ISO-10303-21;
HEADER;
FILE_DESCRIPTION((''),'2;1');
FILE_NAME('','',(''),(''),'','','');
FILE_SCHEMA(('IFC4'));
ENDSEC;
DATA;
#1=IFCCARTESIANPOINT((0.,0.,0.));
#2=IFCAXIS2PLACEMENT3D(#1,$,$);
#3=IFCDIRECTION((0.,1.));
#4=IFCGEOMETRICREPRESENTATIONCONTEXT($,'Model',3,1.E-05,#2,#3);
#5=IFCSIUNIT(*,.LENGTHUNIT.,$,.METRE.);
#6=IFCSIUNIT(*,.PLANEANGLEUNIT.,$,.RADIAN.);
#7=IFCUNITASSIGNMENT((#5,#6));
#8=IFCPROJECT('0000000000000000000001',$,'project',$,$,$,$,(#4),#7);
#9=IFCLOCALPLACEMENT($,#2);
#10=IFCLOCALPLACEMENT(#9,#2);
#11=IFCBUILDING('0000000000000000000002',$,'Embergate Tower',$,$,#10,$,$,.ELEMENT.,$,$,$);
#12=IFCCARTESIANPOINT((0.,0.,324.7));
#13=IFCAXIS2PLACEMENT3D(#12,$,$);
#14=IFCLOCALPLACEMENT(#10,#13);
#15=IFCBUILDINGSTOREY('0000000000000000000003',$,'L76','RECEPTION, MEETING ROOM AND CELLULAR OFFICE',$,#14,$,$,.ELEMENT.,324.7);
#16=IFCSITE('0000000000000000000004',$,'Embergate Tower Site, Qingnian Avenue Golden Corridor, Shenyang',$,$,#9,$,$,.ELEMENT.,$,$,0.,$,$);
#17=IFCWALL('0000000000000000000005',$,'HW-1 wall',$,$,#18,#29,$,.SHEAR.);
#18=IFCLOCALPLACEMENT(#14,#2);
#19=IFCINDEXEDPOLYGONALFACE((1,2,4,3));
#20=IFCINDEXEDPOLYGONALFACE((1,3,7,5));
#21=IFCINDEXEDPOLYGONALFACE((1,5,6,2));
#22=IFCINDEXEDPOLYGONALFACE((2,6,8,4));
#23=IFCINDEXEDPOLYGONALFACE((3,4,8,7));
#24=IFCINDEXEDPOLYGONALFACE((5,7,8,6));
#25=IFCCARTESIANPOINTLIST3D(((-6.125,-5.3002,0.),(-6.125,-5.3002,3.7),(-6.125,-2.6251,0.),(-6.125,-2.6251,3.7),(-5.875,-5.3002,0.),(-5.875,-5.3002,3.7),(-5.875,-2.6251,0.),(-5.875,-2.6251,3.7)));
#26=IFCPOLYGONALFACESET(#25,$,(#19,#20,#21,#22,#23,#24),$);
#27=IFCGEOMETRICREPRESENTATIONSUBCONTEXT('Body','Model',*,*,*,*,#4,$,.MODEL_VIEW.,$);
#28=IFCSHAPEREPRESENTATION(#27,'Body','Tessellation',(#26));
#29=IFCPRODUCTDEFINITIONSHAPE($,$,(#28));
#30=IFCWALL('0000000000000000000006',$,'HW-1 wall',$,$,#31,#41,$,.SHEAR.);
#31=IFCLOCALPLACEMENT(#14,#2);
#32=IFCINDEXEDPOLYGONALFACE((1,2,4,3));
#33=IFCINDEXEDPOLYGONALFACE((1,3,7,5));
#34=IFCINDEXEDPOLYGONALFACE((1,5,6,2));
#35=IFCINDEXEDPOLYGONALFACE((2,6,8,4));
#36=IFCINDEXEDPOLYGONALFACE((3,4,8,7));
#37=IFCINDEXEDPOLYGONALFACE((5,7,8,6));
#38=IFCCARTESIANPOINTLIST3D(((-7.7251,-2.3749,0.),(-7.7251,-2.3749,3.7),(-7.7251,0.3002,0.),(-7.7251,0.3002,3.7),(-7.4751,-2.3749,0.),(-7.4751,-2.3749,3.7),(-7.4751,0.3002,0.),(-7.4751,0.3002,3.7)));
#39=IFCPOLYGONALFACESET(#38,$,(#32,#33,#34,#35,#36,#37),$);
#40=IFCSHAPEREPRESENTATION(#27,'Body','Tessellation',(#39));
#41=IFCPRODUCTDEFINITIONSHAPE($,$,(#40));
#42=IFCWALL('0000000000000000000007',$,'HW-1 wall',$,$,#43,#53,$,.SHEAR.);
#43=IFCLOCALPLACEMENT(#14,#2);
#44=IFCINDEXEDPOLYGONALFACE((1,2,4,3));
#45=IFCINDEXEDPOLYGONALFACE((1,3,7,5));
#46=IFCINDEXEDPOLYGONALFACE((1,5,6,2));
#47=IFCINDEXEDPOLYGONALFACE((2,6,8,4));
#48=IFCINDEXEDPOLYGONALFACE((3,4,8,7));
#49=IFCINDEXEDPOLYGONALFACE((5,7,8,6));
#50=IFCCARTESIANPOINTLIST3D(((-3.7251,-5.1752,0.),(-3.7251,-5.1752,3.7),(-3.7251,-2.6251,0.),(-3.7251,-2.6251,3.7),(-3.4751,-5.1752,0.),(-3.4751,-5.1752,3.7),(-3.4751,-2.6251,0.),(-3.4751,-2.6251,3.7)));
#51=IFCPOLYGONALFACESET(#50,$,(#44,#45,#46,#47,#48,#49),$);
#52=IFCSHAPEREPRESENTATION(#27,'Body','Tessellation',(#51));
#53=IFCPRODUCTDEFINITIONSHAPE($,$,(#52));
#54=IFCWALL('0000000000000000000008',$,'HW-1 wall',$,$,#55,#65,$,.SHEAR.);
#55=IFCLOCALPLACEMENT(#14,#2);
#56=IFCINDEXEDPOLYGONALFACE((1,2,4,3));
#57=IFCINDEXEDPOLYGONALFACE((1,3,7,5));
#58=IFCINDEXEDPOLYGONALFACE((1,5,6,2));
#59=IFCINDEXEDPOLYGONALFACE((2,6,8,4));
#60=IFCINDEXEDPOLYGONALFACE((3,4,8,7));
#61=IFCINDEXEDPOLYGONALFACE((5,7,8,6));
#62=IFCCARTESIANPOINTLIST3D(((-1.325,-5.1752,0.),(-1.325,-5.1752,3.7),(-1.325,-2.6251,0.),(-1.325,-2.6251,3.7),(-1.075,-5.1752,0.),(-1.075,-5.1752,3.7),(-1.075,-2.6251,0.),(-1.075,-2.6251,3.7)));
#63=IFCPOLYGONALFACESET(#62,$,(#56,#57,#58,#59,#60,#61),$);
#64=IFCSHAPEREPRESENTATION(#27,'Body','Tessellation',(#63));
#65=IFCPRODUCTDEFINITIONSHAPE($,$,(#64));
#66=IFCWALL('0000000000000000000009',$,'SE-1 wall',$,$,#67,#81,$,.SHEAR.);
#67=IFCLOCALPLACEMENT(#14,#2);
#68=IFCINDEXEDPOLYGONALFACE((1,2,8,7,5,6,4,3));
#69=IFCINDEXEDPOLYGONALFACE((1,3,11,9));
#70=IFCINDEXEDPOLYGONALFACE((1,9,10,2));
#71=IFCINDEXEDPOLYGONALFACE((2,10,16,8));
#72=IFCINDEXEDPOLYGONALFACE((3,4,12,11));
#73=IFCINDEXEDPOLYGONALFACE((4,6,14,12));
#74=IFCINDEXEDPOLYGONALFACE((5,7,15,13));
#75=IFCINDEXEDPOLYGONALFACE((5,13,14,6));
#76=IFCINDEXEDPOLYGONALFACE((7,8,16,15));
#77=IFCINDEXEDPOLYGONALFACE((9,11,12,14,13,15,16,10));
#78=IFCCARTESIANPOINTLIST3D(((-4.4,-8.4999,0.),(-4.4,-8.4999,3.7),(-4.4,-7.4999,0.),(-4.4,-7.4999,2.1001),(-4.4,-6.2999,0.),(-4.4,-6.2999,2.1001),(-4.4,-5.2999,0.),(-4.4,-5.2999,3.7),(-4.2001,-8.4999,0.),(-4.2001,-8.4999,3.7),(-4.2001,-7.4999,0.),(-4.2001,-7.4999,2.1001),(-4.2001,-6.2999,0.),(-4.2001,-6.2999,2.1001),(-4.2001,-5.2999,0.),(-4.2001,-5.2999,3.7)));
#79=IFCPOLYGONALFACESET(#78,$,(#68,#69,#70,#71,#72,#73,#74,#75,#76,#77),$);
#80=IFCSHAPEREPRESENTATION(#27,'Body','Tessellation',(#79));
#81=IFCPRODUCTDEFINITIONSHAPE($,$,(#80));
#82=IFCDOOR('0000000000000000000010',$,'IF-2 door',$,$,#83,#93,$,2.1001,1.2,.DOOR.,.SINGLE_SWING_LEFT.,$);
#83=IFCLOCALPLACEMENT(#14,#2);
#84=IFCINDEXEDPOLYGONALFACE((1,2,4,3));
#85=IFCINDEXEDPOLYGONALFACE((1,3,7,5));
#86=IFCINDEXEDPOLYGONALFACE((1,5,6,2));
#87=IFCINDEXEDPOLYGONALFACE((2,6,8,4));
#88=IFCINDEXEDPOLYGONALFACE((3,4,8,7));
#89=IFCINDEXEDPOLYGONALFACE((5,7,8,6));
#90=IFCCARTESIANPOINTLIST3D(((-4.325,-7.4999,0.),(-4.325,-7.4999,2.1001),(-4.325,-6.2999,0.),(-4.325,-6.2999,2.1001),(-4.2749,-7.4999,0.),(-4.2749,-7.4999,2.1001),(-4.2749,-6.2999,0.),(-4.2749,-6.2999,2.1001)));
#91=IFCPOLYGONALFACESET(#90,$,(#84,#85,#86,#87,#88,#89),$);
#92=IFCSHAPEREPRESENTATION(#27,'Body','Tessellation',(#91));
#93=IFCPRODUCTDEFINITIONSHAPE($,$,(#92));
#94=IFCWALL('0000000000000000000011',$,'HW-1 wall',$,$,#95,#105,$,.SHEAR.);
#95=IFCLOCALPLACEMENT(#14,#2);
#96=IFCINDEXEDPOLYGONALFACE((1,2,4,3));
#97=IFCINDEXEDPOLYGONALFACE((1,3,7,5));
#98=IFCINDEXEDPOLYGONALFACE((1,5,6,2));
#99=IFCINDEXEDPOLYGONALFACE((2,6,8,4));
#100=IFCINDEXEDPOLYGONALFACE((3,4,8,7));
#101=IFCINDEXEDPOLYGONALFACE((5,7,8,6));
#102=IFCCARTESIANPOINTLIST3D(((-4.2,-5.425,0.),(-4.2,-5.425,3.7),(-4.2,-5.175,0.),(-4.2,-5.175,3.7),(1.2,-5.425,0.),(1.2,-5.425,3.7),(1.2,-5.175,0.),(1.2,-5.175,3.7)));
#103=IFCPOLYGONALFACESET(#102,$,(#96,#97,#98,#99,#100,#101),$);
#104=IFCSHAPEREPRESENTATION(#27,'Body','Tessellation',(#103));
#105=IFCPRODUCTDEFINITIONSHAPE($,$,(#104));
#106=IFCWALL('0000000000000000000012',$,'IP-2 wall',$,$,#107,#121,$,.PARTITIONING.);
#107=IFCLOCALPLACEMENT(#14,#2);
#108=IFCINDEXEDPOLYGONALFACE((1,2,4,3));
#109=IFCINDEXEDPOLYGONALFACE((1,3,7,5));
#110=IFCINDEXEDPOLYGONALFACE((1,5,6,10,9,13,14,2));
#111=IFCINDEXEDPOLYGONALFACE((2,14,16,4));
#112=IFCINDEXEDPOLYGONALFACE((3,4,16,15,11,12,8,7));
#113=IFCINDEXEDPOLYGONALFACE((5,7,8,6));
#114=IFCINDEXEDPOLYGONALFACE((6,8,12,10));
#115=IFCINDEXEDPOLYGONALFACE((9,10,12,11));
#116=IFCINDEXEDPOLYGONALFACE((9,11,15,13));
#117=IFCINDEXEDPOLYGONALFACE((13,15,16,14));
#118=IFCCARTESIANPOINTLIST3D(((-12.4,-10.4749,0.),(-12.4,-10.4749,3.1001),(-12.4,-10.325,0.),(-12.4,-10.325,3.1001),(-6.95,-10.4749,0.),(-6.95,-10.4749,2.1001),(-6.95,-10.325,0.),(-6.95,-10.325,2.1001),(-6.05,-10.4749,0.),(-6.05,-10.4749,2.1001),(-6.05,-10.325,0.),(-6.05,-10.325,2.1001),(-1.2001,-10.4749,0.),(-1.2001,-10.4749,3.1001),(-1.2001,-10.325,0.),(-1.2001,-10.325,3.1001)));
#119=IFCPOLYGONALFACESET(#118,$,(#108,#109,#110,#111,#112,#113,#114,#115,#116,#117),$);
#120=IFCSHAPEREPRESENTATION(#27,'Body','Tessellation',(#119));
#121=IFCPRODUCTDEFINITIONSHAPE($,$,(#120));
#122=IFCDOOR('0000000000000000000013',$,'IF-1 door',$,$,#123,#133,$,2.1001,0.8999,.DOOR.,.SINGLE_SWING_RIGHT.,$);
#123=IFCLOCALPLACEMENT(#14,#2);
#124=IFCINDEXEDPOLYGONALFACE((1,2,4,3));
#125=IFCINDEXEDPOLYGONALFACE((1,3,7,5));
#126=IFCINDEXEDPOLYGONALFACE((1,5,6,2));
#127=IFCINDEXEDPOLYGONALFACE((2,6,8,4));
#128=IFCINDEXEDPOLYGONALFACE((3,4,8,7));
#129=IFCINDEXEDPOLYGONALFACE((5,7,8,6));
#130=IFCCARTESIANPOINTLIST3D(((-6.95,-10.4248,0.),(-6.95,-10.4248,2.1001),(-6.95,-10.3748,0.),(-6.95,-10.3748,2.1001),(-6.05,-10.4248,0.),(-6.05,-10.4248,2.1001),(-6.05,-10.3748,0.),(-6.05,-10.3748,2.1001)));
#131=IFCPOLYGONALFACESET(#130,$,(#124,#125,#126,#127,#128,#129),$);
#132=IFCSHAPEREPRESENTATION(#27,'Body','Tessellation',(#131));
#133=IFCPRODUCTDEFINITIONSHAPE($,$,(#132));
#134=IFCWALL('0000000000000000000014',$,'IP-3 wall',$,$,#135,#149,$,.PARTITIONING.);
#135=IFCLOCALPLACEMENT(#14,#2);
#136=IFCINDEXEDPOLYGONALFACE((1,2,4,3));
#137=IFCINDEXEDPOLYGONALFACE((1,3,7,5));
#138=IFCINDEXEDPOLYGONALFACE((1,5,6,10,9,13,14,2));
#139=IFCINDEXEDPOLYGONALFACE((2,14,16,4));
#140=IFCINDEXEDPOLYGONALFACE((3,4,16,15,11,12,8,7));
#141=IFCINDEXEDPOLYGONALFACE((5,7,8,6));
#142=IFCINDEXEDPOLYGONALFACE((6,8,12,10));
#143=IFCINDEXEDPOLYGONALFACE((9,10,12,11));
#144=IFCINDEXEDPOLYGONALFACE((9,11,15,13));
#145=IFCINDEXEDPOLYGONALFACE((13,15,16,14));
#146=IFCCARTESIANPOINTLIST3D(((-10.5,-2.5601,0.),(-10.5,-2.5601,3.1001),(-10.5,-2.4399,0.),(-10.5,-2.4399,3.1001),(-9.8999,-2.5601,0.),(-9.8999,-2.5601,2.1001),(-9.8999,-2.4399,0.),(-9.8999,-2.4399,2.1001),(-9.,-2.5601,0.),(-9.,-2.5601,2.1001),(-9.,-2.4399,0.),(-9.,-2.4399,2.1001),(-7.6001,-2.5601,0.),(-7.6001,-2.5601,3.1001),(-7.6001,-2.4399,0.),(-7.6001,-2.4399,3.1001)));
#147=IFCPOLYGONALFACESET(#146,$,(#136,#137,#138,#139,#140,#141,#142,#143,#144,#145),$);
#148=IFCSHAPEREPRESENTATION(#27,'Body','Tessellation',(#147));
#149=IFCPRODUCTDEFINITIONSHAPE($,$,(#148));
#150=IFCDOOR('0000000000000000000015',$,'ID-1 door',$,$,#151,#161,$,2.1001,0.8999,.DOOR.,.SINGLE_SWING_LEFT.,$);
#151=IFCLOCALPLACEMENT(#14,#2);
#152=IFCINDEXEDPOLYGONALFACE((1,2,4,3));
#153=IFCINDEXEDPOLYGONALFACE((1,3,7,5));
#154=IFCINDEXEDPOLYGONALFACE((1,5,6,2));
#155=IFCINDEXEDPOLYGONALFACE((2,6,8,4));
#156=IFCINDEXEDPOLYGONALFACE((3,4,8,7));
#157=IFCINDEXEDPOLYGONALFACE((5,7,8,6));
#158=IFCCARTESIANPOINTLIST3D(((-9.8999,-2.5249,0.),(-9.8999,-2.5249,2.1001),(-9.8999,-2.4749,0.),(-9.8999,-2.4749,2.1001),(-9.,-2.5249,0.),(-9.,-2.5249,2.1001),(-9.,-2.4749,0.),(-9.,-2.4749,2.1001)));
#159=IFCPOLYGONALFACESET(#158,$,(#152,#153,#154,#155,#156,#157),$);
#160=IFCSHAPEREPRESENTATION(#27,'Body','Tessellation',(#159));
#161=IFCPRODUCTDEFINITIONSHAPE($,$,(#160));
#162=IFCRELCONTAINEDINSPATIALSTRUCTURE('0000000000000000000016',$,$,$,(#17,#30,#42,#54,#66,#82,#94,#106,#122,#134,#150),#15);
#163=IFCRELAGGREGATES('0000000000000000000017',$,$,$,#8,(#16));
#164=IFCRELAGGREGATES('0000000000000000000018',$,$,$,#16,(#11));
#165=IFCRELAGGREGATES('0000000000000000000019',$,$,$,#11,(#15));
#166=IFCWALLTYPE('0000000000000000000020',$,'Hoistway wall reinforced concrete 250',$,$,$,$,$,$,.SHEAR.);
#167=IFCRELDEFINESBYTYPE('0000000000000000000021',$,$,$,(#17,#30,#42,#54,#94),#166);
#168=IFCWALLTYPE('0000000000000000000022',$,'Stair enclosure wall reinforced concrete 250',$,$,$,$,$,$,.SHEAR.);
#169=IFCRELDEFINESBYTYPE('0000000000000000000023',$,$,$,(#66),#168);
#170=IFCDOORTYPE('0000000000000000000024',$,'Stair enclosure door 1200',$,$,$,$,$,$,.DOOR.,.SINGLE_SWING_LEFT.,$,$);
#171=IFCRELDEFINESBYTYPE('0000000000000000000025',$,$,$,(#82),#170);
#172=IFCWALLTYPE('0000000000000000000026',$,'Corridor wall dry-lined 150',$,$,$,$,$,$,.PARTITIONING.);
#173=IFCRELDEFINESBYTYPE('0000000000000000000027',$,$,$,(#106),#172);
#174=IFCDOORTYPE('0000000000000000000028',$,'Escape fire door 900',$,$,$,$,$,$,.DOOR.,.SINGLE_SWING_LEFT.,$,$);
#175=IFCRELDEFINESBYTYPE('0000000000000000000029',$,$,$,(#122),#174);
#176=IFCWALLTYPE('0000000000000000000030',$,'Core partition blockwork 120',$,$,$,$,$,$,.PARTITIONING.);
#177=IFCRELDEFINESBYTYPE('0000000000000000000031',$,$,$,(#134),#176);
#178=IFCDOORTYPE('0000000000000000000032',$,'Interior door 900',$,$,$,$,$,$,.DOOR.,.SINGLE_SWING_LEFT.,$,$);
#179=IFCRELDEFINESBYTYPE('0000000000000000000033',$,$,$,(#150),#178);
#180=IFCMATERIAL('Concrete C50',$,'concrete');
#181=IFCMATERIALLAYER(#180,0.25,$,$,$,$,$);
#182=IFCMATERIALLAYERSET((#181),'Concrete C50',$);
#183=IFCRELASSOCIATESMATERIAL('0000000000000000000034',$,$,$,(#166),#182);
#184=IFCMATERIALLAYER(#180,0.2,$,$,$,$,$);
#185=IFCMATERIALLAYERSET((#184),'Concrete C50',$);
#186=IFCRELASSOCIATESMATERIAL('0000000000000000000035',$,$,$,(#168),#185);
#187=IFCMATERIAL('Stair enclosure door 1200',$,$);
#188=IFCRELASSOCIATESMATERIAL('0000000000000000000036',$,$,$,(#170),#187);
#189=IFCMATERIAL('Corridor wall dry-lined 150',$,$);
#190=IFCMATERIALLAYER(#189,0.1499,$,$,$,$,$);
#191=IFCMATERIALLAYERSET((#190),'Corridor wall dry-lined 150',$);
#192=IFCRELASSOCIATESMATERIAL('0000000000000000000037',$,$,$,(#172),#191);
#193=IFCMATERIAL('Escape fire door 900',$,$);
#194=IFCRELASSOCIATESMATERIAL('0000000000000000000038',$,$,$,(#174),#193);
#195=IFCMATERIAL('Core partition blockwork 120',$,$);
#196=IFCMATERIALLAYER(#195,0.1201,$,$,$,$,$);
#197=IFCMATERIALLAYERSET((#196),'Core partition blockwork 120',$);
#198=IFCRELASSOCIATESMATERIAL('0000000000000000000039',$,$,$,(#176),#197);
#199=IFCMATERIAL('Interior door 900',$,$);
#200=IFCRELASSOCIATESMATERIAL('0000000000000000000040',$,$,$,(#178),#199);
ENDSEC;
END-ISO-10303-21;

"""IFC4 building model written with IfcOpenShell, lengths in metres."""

from ifc_helpers import new_model, si_unit, direction, frame, frame_2d, origin, place, context, subcontext, project, spatial, rectangle, extrude, source, transform, mapped, material, layer, layer_set, type_object, element, fill, save


model = new_model("IFC4")

# Units and contexts
model_context = context("Model", 3, precision=1e-05, world=origin(), true_north=direction((0.0, 1.0)))
body_context = subcontext(model_context, "Body", "Model", "MODEL_VIEW")
ifc_project = project(units=[si_unit("LENGTHUNIT", "METRE"), si_unit("PLANEANGLEUNIT", "RADIAN")], contexts=[model_context])

# Site, building, storey
site_placement = place(None, origin())
site = spatial("IfcSite", under=ifc_project, at=site_placement, Name="Embergate Tower Site, Qingnian Avenue Golden Corridor, Shenyang", CompositionType="ELEMENT", RefElevation=0.0)
building_placement = place(site_placement, origin())
building = spatial("IfcBuilding", under=site, at=building_placement, Name="Embergate Tower", CompositionType="ELEMENT")
storey_placement = place(building_placement, frame((0.0, 0.0, 324.7)))
storey = spatial("IfcBuildingStorey", under=building, at=storey_placement, Name="L76", Description="RECEPTION, MEETING ROOM AND CELLULAR OFFICE", CompositionType="ELEMENT", Elevation=324.7)

# Walls
ifc_material_1 = material(Name="Concrete C50", Category="concrete")
ifc_layer_1 = layer(ifc_material_1, 0.25)
ifc_layer_set_1 = layer_set([ifc_layer_1], Name="Concrete C50")
wall_type_1 = type_object("IfcWallType", Name="Hoistway wall reinforced concrete 250", PredefinedType="SHEAR", material=ifc_layer_set_1)
shared_shape_1 = source(origin(), body_context, "Body", "SweptSolid", [
    extrude(rectangle(XDim=2.675, YDim=0.25, at=frame_2d((1.3374, 0.0))), origin(), (0.0, 0.0, 1.0), 3.7),
])
for number, where, z_axis, x_axis, name in (
    (1, (-6.0, -5.3, 0.0), (0.0, 0.0, 1.0), (0.0, 1.0, 0.0), "HW-1 wall"),
    (2, (-7.6001, 0.3, 0.0), (0.0, 0.0, 1.0), (0.0, -1.0, 0.0), "HW-1 wall"),
):
    element("IfcWall", number, at=place(storey_placement, frame(where, z_axis=z_axis, x_axis=x_axis)), inside=storey, type_object=wall_type_1, Name=name, PredefinedType="SHEAR", context=body_context, shape_type="MappedRepresentation", body=[
        mapped(shared_shape_1, transform((0.0, 0.0, 0.0))),
    ])
shared_shape_2 = source(origin(), body_context, "Body", "SweptSolid", [
    extrude(rectangle(XDim=2.55, YDim=0.25, at=frame_2d((1.2749, 0.0))), origin(), (0.0, 0.0, 1.0), 3.7),
])
for number, where, z_axis, x_axis, name in (
    (3, (-3.6001, -5.175, 0.0), (0.0, 0.0, 1.0), (0.0, 1.0, 0.0), "HW-1 wall"),
    (4, (-1.2, -5.175, 0.0), (0.0, 0.0, 1.0), (0.0, 1.0, 0.0), "HW-1 wall"),
):
    element("IfcWall", number, at=place(storey_placement, frame(where, z_axis=z_axis, x_axis=x_axis)), inside=storey, type_object=wall_type_1, Name=name, PredefinedType="SHEAR", context=body_context, shape_type="MappedRepresentation", body=[
        mapped(shared_shape_2, transform((0.0, 0.0, 0.0))),
    ])

# Wall, opening, door
ifc_layer_2 = layer(ifc_material_1, 0.2)
ifc_layer_set_2 = layer_set([ifc_layer_2], Name="Concrete C50")
wall_type_2 = type_object("IfcWallType", Name="Stair enclosure wall reinforced concrete 250", PredefinedType="SHEAR", material=ifc_layer_set_2)
shared_shape_3 = source(origin(), body_context, "Body", "SweptSolid", [
    extrude(rectangle(XDim=3.2, YDim=0.2, at=frame_2d((1.6001, 0.0))), origin(), (0.0, 0.0, 1.0), 3.7),
])
wall_1_placement = place(storey_placement, frame((-4.3, -8.5, 0.0), z_axis=(0.0, 0.0, 1.0), x_axis=(0.0, 1.0, 0.0)))
wall_1 = element("IfcWall", 5, at=wall_1_placement, inside=storey, type_object=wall_type_2, Name="SE-1 wall", PredefinedType="SHEAR", context=body_context, shape_type="MappedRepresentation", body=[
    mapped(shared_shape_3, transform((0.0, 0.0, 0.0))),
])
shared_shape_4 = source(origin(), body_context, "Body", "SweptSolid", [
    extrude(rectangle(XDim=1.2, YDim=2.1001, at=frame_2d((0.6001, 1.05))), frame((0.0, 0.1099, 0.0), z_axis=(0.0, -1.0, 0.0), x_axis=(1.0, 0.0, 0.0)), (0.0, 0.0, 1.0), 0.22),
])
opening_1_placement = place(wall_1_placement, frame((1.0, 0.0, 0.0)))
opening_1 = element("IfcOpeningElement", 6, at=opening_1_placement, cuts=wall_1, PredefinedType="OPENING", context=body_context, shape_type="MappedRepresentation", body=[
    mapped(shared_shape_4, transform((0.0, 0.0, 0.0))),
])
ifc_material_2 = material(Name="Stair enclosure door 1200")
door_type_1 = type_object("IfcDoorType", Name="Stair enclosure door 1200", OperationType="SINGLE_SWING_LEFT", PredefinedType="DOOR", material=ifc_material_2)
shared_shape_5 = source(origin(), body_context, "Body", "SweptSolid", [
    extrude(rectangle(XDim=1.2, YDim=2.1001, at=frame_2d((0.6001, 1.05))), frame((0.0, 0.0249, 0.0), z_axis=(0.0, -1.0, 0.0), x_axis=(1.0, 0.0, 0.0)), (0.0, 0.0, 1.0), 0.05),
])
door_1_placement = place(opening_1_placement, origin())
door_1 = element("IfcDoor", 7, at=door_1_placement, inside=storey, type_object=door_type_1, Name="IF-2 door", OperationType="SINGLE_SWING_LEFT", OverallHeight=2.1001, OverallWidth=1.2, PredefinedType="DOOR", context=body_context, shape_type="MappedRepresentation", body=[
    mapped(shared_shape_5, transform((0.0, 0.0, 0.0))),
])
fill(opening_1, door_1)

# Wall
shared_shape_6 = source(origin(), body_context, "Body", "SweptSolid", [
    extrude(rectangle(XDim=5.3999, YDim=0.25, at=frame_2d((2.7, 0.0))), origin(), (0.0, 0.0, 1.0), 3.7),
])
wall_2_placement = place(storey_placement, frame((-4.2, -5.3, 0.0), z_axis=(0.0, 0.0, 1.0), x_axis=(1.0, 0.0, 0.0)))
element("IfcWall", 8, at=wall_2_placement, inside=storey, type_object=wall_type_1, Name="HW-1 wall", PredefinedType="SHEAR", context=body_context, shape_type="MappedRepresentation", body=[
    mapped(shared_shape_6, transform((0.0, 0.0, 0.0))),
])

# Walls, openings, doors
ifc_material_3 = material(Name="Corridor wall dry-lined 150")
ifc_layer_3 = layer(ifc_material_3, 0.1499)
ifc_layer_set_3 = layer_set([ifc_layer_3], Name="Corridor wall dry-lined 150")
wall_type_3 = type_object("IfcWallType", Name="Corridor wall dry-lined 150", PredefinedType="PARTITIONING", material=ifc_layer_set_3)
shared_shape_7 = source(origin(), body_context, "Body", "SweptSolid", [
    extrude(rectangle(XDim=11.2, YDim=0.1499, at=frame_2d((5.6001, 0.0))), origin(), (0.0, 0.0, 1.0), 3.1001),
])
wall_3_placement = place(storey_placement, frame((-1.2, -10.3999, 0.0), z_axis=(0.0, 0.0, 1.0), x_axis=(-1.0, 0.0, 0.0)))
wall_3 = element("IfcWall", 9, at=wall_3_placement, inside=storey, type_object=wall_type_3, Name="IP-2 wall", PredefinedType="PARTITIONING", context=body_context, shape_type="MappedRepresentation", body=[
    mapped(shared_shape_7, transform((0.0, 0.0, 0.0))),
])
shared_shape_8 = source(origin(), body_context, "Body", "SweptSolid", [
    extrude(rectangle(XDim=0.8999, YDim=2.1001, at=frame_2d((0.45, 1.05))), frame((0.0, 0.085, 0.0), z_axis=(0.0, -1.0, 0.0), x_axis=(1.0, 0.0, 0.0)), (0.0, 0.0, 1.0), 0.1699),
])
opening_2_placement = place(wall_3_placement, frame((4.8501, 0.0, 0.0)))
opening_2 = element("IfcOpeningElement", 10, at=opening_2_placement, cuts=wall_3, PredefinedType="OPENING", context=body_context, shape_type="MappedRepresentation", body=[
    mapped(shared_shape_8, transform((0.0, 0.0, 0.0))),
])
ifc_material_4 = material(Name="Escape fire door 900")
door_type_2 = type_object("IfcDoorType", Name="Escape fire door 900", OperationType="SINGLE_SWING_LEFT", PredefinedType="DOOR", material=ifc_material_4)
shared_shape_9 = source(origin(), body_context, "Body", "SweptSolid", [
    extrude(rectangle(XDim=0.8999, YDim=2.1001, at=frame_2d((0.45, 1.05))), frame((0.0, 0.0249, 0.0), z_axis=(0.0, -1.0, 0.0), x_axis=(1.0, 0.0, 0.0)), (0.0, 0.0, 1.0), 0.05),
])
door_2_placement = place(opening_2_placement, origin())
door_2 = element("IfcDoor", 11, at=door_2_placement, inside=storey, type_object=door_type_2, Name="IF-1 door", OperationType="SINGLE_SWING_RIGHT", OverallHeight=2.1001, OverallWidth=0.8999, PredefinedType="DOOR", context=body_context, shape_type="MappedRepresentation", body=[
    mapped(shared_shape_9, transform((0.0, 0.0, 0.0))),
])
fill(opening_2, door_2)
ifc_material_5 = material(Name="Core partition blockwork 120")
ifc_layer_4 = layer(ifc_material_5, 0.1201)
ifc_layer_set_4 = layer_set([ifc_layer_4], Name="Core partition blockwork 120")
wall_type_4 = type_object("IfcWallType", Name="Core partition blockwork 120", PredefinedType="PARTITIONING", material=ifc_layer_set_4)
shared_shape_10 = source(origin(), body_context, "Body", "SweptSolid", [
    extrude(rectangle(XDim=2.8999, YDim=0.1201, at=frame_2d((1.45, 0.0))), origin(), (0.0, 0.0, 1.0), 3.1001),
])
wall_4_placement = place(storey_placement, frame((-7.6001, -2.5, 0.0), z_axis=(0.0, 0.0, 1.0), x_axis=(-1.0, 0.0, 0.0)))
wall_4 = element("IfcWall", 12, at=wall_4_placement, inside=storey, type_object=wall_type_4, Name="IP-3 wall", PredefinedType="PARTITIONING", context=body_context, shape_type="MappedRepresentation", body=[
    mapped(shared_shape_10, transform((0.0, 0.0, 0.0))),
])
shared_shape_11 = source(origin(), body_context, "Body", "SweptSolid", [
    extrude(rectangle(XDim=0.8999, YDim=2.1001, at=frame_2d((0.45, 1.05))), frame((0.0, 0.0701, 0.0), z_axis=(0.0, -1.0, 0.0), x_axis=(1.0, 0.0, 0.0)), (0.0, 0.0, 1.0), 0.1401),
])
opening_3_placement = place(wall_4_placement, frame((1.3999, 0.0, 0.0)))
opening_3 = element("IfcOpeningElement", 13, at=opening_3_placement, cuts=wall_4, PredefinedType="OPENING", context=body_context, shape_type="MappedRepresentation", body=[
    mapped(shared_shape_11, transform((0.0, 0.0, 0.0))),
])
ifc_material_6 = material(Name="Interior door 900")
door_type_3 = type_object("IfcDoorType", Name="Interior door 900", OperationType="SINGLE_SWING_LEFT", PredefinedType="DOOR", material=ifc_material_6)
door_3_placement = place(opening_3_placement, origin())
door_3 = element("IfcDoor", 14, at=door_3_placement, inside=storey, type_object=door_type_3, Name="ID-1 door", OperationType="SINGLE_SWING_LEFT", OverallHeight=2.1001, OverallWidth=0.8999, PredefinedType="DOOR", context=body_context, shape_type="MappedRepresentation", body=[
    mapped(shared_shape_9, transform((0.0, 0.0, 0.0))),
])
fill(opening_3, door_3)

save(model, "model.ifc")
